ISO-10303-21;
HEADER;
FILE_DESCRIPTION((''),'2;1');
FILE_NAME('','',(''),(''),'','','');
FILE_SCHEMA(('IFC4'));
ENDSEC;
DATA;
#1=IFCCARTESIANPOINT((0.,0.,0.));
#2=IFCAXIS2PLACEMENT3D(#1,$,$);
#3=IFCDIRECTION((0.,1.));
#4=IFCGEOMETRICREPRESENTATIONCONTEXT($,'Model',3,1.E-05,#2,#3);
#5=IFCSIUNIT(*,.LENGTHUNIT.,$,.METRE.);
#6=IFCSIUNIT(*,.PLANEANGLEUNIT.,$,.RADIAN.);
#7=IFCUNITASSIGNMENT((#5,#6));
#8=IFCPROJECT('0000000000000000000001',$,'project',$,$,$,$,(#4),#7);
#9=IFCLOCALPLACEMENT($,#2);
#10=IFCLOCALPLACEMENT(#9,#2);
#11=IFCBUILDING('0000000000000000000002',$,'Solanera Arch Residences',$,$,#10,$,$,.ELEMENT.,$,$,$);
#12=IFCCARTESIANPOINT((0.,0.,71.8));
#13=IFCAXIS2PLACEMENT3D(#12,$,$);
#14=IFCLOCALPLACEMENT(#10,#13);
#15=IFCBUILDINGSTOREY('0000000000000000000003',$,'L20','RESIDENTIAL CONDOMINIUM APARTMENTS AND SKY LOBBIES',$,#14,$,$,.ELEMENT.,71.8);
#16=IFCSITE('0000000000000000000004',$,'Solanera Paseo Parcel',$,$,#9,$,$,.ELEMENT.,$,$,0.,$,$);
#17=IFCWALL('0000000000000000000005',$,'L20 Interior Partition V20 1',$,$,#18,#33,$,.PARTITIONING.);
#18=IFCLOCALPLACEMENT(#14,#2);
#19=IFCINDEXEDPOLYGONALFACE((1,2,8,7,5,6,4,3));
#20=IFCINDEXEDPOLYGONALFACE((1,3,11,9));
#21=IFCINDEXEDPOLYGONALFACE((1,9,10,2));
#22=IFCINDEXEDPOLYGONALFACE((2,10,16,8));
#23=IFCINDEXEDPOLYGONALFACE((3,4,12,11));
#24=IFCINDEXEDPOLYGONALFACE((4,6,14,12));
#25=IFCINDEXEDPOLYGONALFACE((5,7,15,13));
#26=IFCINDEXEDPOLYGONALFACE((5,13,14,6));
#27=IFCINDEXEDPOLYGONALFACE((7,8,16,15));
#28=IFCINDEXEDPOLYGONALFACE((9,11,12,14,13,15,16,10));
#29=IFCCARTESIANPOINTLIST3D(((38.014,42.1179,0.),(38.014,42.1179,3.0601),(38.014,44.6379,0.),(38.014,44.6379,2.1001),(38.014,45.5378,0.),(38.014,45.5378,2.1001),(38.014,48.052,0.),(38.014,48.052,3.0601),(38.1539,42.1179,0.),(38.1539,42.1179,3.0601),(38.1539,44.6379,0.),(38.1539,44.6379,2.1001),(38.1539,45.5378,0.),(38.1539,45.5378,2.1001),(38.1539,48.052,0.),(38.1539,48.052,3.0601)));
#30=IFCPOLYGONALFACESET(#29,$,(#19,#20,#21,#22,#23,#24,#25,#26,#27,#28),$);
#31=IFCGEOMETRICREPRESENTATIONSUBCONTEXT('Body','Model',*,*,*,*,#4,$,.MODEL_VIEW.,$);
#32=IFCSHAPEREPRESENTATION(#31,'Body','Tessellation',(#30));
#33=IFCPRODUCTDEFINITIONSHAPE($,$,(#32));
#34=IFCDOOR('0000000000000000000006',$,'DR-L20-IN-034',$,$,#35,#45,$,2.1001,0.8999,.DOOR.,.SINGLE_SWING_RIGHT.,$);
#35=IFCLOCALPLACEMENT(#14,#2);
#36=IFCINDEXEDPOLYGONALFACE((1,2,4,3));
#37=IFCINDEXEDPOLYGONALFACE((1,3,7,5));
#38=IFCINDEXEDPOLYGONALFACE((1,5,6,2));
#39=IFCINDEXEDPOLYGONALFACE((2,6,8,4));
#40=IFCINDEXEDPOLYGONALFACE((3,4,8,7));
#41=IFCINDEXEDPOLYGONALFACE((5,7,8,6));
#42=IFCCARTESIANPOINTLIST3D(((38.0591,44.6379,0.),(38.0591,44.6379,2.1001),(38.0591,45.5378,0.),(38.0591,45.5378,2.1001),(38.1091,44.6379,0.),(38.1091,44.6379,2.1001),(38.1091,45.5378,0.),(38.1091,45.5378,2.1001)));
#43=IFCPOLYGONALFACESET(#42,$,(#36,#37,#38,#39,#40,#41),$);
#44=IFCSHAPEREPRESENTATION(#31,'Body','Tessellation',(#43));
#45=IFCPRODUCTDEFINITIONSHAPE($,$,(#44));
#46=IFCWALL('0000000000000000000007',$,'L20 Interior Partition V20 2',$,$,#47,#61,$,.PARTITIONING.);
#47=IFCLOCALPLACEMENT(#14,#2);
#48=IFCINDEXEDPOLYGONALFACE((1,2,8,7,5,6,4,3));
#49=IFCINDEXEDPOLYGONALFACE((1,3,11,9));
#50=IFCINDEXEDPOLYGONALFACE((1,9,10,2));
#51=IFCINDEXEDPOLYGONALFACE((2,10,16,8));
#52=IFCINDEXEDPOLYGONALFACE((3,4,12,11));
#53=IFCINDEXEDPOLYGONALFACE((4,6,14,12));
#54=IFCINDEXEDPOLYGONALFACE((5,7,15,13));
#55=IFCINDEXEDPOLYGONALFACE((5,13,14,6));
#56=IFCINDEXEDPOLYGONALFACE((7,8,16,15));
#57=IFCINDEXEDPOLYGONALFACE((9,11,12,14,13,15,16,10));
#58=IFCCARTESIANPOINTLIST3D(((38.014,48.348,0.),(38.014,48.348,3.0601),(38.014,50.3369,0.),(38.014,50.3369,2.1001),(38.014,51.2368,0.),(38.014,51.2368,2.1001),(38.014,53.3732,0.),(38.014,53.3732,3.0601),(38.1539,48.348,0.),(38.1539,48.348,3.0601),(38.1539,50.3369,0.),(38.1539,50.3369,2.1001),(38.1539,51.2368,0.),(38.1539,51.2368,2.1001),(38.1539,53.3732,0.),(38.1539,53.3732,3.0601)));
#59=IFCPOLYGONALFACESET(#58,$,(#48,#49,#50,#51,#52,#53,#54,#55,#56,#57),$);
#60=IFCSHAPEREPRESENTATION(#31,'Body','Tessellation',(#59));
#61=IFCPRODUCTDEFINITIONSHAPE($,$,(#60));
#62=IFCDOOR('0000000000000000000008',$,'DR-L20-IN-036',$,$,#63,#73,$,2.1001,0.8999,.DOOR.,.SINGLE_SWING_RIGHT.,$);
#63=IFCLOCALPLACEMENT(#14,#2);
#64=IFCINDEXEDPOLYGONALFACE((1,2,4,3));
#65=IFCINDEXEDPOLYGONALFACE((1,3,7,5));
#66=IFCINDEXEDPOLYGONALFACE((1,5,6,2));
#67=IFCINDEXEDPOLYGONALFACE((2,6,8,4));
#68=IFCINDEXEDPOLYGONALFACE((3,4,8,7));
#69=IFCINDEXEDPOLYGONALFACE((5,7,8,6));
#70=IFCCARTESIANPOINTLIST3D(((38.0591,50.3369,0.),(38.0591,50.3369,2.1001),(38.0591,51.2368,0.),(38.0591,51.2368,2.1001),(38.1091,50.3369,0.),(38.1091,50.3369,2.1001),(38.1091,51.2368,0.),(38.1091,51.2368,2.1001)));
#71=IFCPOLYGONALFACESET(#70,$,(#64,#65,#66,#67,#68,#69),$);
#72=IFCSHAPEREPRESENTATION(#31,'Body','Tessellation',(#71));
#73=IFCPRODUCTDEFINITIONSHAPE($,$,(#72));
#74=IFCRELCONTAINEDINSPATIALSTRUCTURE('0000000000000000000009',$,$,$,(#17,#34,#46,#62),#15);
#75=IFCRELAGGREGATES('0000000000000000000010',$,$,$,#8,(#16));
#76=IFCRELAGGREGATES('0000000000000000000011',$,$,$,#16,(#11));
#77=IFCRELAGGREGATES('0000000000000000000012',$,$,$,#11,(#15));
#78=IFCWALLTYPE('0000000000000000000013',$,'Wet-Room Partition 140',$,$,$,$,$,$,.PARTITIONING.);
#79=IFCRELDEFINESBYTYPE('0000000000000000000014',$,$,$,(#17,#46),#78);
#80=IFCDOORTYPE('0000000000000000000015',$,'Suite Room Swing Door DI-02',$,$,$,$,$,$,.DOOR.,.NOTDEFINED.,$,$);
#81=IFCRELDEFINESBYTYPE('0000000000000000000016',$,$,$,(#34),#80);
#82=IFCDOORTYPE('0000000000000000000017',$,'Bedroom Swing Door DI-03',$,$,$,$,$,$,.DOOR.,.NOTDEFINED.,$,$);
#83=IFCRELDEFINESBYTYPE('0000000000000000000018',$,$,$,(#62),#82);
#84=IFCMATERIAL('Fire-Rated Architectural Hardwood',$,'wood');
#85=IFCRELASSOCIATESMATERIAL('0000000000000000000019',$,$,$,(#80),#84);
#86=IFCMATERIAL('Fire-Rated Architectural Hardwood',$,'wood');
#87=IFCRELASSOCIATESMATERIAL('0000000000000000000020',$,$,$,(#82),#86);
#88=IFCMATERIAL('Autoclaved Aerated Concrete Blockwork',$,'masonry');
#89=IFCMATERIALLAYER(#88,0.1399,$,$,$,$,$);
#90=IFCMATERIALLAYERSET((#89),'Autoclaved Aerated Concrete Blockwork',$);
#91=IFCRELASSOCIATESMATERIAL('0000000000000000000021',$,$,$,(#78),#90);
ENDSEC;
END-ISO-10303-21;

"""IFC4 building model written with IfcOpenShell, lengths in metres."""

from ifc_helpers import new_model, si_unit, direction, frame, frame_2d, origin, place, context, subcontext, project, spatial, rectangle, extrude, material, layer, layer_set, type_object, element, fill, save


model = new_model("IFC4")

# Units and contexts
model_context = context("Model", 3, precision=1e-05, world=origin(), true_north=direction((0.0, 1.0)))
body_context = subcontext(model_context, "Body", "Model", "MODEL_VIEW")
ifc_project = project(units=[si_unit("LENGTHUNIT", "METRE"), si_unit("PLANEANGLEUNIT", "RADIAN")], contexts=[model_context])

# Site, building, storey
site_placement = place(None, origin())
site = spatial("IfcSite", under=ifc_project, at=site_placement, Name="Solanera Paseo Parcel", CompositionType="ELEMENT", RefElevation=0.0)
building_placement = place(site_placement, origin())
building = spatial("IfcBuilding", under=site, at=building_placement, Name="Solanera Arch Residences", CompositionType="ELEMENT")
storey_placement = place(building_placement, frame((0.0, 0.0, 71.8)))
storey = spatial("IfcBuildingStorey", under=building, at=storey_placement, Name="L20", Description="RESIDENTIAL CONDOMINIUM APARTMENTS AND SKY LOBBIES", CompositionType="ELEMENT", Elevation=71.8)

# Shared definitions
ifc_material_1 = material(Name="Fire-Rated Architectural Hardwood", Category="wood")
door_type_1 = type_object("IfcDoorType", Name="Suite Room Swing Door DI-02", OperationType="NOTDEFINED", PredefinedType="DOOR", material=ifc_material_1)
ifc_material_2 = material(Name="Fire-Rated Architectural Hardwood", Category="wood")
door_type_2 = type_object("IfcDoorType", Name="Bedroom Swing Door DI-03", OperationType="NOTDEFINED", PredefinedType="DOOR", material=ifc_material_2)

# Shared definitions
ifc_material_3 = material(Name="Autoclaved Aerated Concrete Blockwork", Category="masonry")
ifc_layer_1 = layer(ifc_material_3, 0.1399)
ifc_layer_set_1 = layer_set([ifc_layer_1], Name="Autoclaved Aerated Concrete Blockwork")
wall_type_1 = type_object("IfcWallType", Name="Wet-Room Partition 140", PredefinedType="PARTITIONING", material=ifc_layer_set_1)

# Walls, openings, doors
wall_1_placement = place(storey_placement, frame((38.084, 42.1179, 0.0), z_axis=(0.0, 0.0, 1.0), x_axis=(0.0, 1.0, 0.0)))
wall_1 = element("IfcWall", 1, at=wall_1_placement, inside=storey, type_object=wall_type_1, Name="L20 Interior Partition V20 1", PredefinedType="PARTITIONING", context=body_context, shape_type="SweptSolid", body=[
    extrude(rectangle(XDim=5.9341, YDim=0.1399, at=frame_2d((2.967, 0.0))), origin(), (0.0, 0.0, 1.0), 3.0601),
])
opening_1_placement = place(wall_1_placement, frame((2.52, 0.0, 0.0)))
opening_1 = element("IfcOpeningElement", 2, at=opening_1_placement, cuts=wall_1, PredefinedType="OPENING", context=body_context, shape_type="SweptSolid", body=[
    extrude(rectangle(XDim=0.8999, YDim=2.1001, at=frame_2d((0.45, 1.05))), frame((0.0, 0.0798, 0.0), z_axis=(0.0, -1.0, 0.0), x_axis=(1.0, 0.0, 0.0)), (0.0, 0.0, 1.0), 0.1599),
])
door_1_placement = place(opening_1_placement, origin())
door_1 = element("IfcDoor", 3, at=door_1_placement, inside=storey, type_object=door_type_1, Name="DR-L20-IN-034", OperationType="SINGLE_SWING_RIGHT", OverallHeight=2.1001, OverallWidth=0.8999, PredefinedType="DOOR", context=body_context, shape_type="SweptSolid", body=[
    extrude(rectangle(XDim=0.8999, YDim=2.1001, at=frame_2d((0.45, 1.05))), frame((0.0, 0.0249, 0.0), z_axis=(0.0, -1.0, 0.0), x_axis=(1.0, 0.0, 0.0)), (0.0, 0.0, 1.0), 0.05),
])
fill(opening_1, door_1)
wall_2_placement = place(storey_placement, frame((38.084, 48.3479, 0.0), z_axis=(0.0, 0.0, 1.0), x_axis=(0.0, 1.0, 0.0)))
wall_2 = element("IfcWall", 4, at=wall_2_placement, inside=storey, type_object=wall_type_1, Name="L20 Interior Partition V20 2", PredefinedType="PARTITIONING", context=body_context, shape_type="SweptSolid", body=[
    extrude(rectangle(XDim=5.0251, YDim=0.1399, at=frame_2d((2.5127, 0.0))), origin(), (0.0, 0.0, 1.0), 3.0601),
])
opening_2_placement = place(wall_2_placement, frame((1.989, 0.0, 0.0)))
opening_2 = element("IfcOpeningElement", 5, at=opening_2_placement, cuts=wall_2, PredefinedType="OPENING", context=body_context, shape_type="SweptSolid", body=[
    extrude(rectangle(XDim=0.8999, YDim=2.1001, at=frame_2d((0.45, 1.05))), frame((0.0, 0.0798, 0.0), z_axis=(0.0, -1.0, 0.0), x_axis=(1.0, 0.0, 0.0)), (0.0, 0.0, 1.0), 0.1599),
])
door_2_placement = place(opening_2_placement, origin())
door_2 = element("IfcDoor", 6, at=door_2_placement, inside=storey, type_object=door_type_2, Name="DR-L20-IN-036", OperationType="SINGLE_SWING_RIGHT", OverallHeight=2.1001, OverallWidth=0.8999, PredefinedType="DOOR", context=body_context, shape_type="SweptSolid", body=[
    extrude(rectangle(XDim=0.8999, YDim=2.1001, at=frame_2d((0.45, 1.05))), frame((0.0, 0.0249, 0.0), z_axis=(0.0, -1.0, 0.0), x_axis=(1.0, 0.0, 0.0)), (0.0, 0.0, 1.0), 0.05),
])
fill(opening_2, door_2)

save(model, "model.ifc")
